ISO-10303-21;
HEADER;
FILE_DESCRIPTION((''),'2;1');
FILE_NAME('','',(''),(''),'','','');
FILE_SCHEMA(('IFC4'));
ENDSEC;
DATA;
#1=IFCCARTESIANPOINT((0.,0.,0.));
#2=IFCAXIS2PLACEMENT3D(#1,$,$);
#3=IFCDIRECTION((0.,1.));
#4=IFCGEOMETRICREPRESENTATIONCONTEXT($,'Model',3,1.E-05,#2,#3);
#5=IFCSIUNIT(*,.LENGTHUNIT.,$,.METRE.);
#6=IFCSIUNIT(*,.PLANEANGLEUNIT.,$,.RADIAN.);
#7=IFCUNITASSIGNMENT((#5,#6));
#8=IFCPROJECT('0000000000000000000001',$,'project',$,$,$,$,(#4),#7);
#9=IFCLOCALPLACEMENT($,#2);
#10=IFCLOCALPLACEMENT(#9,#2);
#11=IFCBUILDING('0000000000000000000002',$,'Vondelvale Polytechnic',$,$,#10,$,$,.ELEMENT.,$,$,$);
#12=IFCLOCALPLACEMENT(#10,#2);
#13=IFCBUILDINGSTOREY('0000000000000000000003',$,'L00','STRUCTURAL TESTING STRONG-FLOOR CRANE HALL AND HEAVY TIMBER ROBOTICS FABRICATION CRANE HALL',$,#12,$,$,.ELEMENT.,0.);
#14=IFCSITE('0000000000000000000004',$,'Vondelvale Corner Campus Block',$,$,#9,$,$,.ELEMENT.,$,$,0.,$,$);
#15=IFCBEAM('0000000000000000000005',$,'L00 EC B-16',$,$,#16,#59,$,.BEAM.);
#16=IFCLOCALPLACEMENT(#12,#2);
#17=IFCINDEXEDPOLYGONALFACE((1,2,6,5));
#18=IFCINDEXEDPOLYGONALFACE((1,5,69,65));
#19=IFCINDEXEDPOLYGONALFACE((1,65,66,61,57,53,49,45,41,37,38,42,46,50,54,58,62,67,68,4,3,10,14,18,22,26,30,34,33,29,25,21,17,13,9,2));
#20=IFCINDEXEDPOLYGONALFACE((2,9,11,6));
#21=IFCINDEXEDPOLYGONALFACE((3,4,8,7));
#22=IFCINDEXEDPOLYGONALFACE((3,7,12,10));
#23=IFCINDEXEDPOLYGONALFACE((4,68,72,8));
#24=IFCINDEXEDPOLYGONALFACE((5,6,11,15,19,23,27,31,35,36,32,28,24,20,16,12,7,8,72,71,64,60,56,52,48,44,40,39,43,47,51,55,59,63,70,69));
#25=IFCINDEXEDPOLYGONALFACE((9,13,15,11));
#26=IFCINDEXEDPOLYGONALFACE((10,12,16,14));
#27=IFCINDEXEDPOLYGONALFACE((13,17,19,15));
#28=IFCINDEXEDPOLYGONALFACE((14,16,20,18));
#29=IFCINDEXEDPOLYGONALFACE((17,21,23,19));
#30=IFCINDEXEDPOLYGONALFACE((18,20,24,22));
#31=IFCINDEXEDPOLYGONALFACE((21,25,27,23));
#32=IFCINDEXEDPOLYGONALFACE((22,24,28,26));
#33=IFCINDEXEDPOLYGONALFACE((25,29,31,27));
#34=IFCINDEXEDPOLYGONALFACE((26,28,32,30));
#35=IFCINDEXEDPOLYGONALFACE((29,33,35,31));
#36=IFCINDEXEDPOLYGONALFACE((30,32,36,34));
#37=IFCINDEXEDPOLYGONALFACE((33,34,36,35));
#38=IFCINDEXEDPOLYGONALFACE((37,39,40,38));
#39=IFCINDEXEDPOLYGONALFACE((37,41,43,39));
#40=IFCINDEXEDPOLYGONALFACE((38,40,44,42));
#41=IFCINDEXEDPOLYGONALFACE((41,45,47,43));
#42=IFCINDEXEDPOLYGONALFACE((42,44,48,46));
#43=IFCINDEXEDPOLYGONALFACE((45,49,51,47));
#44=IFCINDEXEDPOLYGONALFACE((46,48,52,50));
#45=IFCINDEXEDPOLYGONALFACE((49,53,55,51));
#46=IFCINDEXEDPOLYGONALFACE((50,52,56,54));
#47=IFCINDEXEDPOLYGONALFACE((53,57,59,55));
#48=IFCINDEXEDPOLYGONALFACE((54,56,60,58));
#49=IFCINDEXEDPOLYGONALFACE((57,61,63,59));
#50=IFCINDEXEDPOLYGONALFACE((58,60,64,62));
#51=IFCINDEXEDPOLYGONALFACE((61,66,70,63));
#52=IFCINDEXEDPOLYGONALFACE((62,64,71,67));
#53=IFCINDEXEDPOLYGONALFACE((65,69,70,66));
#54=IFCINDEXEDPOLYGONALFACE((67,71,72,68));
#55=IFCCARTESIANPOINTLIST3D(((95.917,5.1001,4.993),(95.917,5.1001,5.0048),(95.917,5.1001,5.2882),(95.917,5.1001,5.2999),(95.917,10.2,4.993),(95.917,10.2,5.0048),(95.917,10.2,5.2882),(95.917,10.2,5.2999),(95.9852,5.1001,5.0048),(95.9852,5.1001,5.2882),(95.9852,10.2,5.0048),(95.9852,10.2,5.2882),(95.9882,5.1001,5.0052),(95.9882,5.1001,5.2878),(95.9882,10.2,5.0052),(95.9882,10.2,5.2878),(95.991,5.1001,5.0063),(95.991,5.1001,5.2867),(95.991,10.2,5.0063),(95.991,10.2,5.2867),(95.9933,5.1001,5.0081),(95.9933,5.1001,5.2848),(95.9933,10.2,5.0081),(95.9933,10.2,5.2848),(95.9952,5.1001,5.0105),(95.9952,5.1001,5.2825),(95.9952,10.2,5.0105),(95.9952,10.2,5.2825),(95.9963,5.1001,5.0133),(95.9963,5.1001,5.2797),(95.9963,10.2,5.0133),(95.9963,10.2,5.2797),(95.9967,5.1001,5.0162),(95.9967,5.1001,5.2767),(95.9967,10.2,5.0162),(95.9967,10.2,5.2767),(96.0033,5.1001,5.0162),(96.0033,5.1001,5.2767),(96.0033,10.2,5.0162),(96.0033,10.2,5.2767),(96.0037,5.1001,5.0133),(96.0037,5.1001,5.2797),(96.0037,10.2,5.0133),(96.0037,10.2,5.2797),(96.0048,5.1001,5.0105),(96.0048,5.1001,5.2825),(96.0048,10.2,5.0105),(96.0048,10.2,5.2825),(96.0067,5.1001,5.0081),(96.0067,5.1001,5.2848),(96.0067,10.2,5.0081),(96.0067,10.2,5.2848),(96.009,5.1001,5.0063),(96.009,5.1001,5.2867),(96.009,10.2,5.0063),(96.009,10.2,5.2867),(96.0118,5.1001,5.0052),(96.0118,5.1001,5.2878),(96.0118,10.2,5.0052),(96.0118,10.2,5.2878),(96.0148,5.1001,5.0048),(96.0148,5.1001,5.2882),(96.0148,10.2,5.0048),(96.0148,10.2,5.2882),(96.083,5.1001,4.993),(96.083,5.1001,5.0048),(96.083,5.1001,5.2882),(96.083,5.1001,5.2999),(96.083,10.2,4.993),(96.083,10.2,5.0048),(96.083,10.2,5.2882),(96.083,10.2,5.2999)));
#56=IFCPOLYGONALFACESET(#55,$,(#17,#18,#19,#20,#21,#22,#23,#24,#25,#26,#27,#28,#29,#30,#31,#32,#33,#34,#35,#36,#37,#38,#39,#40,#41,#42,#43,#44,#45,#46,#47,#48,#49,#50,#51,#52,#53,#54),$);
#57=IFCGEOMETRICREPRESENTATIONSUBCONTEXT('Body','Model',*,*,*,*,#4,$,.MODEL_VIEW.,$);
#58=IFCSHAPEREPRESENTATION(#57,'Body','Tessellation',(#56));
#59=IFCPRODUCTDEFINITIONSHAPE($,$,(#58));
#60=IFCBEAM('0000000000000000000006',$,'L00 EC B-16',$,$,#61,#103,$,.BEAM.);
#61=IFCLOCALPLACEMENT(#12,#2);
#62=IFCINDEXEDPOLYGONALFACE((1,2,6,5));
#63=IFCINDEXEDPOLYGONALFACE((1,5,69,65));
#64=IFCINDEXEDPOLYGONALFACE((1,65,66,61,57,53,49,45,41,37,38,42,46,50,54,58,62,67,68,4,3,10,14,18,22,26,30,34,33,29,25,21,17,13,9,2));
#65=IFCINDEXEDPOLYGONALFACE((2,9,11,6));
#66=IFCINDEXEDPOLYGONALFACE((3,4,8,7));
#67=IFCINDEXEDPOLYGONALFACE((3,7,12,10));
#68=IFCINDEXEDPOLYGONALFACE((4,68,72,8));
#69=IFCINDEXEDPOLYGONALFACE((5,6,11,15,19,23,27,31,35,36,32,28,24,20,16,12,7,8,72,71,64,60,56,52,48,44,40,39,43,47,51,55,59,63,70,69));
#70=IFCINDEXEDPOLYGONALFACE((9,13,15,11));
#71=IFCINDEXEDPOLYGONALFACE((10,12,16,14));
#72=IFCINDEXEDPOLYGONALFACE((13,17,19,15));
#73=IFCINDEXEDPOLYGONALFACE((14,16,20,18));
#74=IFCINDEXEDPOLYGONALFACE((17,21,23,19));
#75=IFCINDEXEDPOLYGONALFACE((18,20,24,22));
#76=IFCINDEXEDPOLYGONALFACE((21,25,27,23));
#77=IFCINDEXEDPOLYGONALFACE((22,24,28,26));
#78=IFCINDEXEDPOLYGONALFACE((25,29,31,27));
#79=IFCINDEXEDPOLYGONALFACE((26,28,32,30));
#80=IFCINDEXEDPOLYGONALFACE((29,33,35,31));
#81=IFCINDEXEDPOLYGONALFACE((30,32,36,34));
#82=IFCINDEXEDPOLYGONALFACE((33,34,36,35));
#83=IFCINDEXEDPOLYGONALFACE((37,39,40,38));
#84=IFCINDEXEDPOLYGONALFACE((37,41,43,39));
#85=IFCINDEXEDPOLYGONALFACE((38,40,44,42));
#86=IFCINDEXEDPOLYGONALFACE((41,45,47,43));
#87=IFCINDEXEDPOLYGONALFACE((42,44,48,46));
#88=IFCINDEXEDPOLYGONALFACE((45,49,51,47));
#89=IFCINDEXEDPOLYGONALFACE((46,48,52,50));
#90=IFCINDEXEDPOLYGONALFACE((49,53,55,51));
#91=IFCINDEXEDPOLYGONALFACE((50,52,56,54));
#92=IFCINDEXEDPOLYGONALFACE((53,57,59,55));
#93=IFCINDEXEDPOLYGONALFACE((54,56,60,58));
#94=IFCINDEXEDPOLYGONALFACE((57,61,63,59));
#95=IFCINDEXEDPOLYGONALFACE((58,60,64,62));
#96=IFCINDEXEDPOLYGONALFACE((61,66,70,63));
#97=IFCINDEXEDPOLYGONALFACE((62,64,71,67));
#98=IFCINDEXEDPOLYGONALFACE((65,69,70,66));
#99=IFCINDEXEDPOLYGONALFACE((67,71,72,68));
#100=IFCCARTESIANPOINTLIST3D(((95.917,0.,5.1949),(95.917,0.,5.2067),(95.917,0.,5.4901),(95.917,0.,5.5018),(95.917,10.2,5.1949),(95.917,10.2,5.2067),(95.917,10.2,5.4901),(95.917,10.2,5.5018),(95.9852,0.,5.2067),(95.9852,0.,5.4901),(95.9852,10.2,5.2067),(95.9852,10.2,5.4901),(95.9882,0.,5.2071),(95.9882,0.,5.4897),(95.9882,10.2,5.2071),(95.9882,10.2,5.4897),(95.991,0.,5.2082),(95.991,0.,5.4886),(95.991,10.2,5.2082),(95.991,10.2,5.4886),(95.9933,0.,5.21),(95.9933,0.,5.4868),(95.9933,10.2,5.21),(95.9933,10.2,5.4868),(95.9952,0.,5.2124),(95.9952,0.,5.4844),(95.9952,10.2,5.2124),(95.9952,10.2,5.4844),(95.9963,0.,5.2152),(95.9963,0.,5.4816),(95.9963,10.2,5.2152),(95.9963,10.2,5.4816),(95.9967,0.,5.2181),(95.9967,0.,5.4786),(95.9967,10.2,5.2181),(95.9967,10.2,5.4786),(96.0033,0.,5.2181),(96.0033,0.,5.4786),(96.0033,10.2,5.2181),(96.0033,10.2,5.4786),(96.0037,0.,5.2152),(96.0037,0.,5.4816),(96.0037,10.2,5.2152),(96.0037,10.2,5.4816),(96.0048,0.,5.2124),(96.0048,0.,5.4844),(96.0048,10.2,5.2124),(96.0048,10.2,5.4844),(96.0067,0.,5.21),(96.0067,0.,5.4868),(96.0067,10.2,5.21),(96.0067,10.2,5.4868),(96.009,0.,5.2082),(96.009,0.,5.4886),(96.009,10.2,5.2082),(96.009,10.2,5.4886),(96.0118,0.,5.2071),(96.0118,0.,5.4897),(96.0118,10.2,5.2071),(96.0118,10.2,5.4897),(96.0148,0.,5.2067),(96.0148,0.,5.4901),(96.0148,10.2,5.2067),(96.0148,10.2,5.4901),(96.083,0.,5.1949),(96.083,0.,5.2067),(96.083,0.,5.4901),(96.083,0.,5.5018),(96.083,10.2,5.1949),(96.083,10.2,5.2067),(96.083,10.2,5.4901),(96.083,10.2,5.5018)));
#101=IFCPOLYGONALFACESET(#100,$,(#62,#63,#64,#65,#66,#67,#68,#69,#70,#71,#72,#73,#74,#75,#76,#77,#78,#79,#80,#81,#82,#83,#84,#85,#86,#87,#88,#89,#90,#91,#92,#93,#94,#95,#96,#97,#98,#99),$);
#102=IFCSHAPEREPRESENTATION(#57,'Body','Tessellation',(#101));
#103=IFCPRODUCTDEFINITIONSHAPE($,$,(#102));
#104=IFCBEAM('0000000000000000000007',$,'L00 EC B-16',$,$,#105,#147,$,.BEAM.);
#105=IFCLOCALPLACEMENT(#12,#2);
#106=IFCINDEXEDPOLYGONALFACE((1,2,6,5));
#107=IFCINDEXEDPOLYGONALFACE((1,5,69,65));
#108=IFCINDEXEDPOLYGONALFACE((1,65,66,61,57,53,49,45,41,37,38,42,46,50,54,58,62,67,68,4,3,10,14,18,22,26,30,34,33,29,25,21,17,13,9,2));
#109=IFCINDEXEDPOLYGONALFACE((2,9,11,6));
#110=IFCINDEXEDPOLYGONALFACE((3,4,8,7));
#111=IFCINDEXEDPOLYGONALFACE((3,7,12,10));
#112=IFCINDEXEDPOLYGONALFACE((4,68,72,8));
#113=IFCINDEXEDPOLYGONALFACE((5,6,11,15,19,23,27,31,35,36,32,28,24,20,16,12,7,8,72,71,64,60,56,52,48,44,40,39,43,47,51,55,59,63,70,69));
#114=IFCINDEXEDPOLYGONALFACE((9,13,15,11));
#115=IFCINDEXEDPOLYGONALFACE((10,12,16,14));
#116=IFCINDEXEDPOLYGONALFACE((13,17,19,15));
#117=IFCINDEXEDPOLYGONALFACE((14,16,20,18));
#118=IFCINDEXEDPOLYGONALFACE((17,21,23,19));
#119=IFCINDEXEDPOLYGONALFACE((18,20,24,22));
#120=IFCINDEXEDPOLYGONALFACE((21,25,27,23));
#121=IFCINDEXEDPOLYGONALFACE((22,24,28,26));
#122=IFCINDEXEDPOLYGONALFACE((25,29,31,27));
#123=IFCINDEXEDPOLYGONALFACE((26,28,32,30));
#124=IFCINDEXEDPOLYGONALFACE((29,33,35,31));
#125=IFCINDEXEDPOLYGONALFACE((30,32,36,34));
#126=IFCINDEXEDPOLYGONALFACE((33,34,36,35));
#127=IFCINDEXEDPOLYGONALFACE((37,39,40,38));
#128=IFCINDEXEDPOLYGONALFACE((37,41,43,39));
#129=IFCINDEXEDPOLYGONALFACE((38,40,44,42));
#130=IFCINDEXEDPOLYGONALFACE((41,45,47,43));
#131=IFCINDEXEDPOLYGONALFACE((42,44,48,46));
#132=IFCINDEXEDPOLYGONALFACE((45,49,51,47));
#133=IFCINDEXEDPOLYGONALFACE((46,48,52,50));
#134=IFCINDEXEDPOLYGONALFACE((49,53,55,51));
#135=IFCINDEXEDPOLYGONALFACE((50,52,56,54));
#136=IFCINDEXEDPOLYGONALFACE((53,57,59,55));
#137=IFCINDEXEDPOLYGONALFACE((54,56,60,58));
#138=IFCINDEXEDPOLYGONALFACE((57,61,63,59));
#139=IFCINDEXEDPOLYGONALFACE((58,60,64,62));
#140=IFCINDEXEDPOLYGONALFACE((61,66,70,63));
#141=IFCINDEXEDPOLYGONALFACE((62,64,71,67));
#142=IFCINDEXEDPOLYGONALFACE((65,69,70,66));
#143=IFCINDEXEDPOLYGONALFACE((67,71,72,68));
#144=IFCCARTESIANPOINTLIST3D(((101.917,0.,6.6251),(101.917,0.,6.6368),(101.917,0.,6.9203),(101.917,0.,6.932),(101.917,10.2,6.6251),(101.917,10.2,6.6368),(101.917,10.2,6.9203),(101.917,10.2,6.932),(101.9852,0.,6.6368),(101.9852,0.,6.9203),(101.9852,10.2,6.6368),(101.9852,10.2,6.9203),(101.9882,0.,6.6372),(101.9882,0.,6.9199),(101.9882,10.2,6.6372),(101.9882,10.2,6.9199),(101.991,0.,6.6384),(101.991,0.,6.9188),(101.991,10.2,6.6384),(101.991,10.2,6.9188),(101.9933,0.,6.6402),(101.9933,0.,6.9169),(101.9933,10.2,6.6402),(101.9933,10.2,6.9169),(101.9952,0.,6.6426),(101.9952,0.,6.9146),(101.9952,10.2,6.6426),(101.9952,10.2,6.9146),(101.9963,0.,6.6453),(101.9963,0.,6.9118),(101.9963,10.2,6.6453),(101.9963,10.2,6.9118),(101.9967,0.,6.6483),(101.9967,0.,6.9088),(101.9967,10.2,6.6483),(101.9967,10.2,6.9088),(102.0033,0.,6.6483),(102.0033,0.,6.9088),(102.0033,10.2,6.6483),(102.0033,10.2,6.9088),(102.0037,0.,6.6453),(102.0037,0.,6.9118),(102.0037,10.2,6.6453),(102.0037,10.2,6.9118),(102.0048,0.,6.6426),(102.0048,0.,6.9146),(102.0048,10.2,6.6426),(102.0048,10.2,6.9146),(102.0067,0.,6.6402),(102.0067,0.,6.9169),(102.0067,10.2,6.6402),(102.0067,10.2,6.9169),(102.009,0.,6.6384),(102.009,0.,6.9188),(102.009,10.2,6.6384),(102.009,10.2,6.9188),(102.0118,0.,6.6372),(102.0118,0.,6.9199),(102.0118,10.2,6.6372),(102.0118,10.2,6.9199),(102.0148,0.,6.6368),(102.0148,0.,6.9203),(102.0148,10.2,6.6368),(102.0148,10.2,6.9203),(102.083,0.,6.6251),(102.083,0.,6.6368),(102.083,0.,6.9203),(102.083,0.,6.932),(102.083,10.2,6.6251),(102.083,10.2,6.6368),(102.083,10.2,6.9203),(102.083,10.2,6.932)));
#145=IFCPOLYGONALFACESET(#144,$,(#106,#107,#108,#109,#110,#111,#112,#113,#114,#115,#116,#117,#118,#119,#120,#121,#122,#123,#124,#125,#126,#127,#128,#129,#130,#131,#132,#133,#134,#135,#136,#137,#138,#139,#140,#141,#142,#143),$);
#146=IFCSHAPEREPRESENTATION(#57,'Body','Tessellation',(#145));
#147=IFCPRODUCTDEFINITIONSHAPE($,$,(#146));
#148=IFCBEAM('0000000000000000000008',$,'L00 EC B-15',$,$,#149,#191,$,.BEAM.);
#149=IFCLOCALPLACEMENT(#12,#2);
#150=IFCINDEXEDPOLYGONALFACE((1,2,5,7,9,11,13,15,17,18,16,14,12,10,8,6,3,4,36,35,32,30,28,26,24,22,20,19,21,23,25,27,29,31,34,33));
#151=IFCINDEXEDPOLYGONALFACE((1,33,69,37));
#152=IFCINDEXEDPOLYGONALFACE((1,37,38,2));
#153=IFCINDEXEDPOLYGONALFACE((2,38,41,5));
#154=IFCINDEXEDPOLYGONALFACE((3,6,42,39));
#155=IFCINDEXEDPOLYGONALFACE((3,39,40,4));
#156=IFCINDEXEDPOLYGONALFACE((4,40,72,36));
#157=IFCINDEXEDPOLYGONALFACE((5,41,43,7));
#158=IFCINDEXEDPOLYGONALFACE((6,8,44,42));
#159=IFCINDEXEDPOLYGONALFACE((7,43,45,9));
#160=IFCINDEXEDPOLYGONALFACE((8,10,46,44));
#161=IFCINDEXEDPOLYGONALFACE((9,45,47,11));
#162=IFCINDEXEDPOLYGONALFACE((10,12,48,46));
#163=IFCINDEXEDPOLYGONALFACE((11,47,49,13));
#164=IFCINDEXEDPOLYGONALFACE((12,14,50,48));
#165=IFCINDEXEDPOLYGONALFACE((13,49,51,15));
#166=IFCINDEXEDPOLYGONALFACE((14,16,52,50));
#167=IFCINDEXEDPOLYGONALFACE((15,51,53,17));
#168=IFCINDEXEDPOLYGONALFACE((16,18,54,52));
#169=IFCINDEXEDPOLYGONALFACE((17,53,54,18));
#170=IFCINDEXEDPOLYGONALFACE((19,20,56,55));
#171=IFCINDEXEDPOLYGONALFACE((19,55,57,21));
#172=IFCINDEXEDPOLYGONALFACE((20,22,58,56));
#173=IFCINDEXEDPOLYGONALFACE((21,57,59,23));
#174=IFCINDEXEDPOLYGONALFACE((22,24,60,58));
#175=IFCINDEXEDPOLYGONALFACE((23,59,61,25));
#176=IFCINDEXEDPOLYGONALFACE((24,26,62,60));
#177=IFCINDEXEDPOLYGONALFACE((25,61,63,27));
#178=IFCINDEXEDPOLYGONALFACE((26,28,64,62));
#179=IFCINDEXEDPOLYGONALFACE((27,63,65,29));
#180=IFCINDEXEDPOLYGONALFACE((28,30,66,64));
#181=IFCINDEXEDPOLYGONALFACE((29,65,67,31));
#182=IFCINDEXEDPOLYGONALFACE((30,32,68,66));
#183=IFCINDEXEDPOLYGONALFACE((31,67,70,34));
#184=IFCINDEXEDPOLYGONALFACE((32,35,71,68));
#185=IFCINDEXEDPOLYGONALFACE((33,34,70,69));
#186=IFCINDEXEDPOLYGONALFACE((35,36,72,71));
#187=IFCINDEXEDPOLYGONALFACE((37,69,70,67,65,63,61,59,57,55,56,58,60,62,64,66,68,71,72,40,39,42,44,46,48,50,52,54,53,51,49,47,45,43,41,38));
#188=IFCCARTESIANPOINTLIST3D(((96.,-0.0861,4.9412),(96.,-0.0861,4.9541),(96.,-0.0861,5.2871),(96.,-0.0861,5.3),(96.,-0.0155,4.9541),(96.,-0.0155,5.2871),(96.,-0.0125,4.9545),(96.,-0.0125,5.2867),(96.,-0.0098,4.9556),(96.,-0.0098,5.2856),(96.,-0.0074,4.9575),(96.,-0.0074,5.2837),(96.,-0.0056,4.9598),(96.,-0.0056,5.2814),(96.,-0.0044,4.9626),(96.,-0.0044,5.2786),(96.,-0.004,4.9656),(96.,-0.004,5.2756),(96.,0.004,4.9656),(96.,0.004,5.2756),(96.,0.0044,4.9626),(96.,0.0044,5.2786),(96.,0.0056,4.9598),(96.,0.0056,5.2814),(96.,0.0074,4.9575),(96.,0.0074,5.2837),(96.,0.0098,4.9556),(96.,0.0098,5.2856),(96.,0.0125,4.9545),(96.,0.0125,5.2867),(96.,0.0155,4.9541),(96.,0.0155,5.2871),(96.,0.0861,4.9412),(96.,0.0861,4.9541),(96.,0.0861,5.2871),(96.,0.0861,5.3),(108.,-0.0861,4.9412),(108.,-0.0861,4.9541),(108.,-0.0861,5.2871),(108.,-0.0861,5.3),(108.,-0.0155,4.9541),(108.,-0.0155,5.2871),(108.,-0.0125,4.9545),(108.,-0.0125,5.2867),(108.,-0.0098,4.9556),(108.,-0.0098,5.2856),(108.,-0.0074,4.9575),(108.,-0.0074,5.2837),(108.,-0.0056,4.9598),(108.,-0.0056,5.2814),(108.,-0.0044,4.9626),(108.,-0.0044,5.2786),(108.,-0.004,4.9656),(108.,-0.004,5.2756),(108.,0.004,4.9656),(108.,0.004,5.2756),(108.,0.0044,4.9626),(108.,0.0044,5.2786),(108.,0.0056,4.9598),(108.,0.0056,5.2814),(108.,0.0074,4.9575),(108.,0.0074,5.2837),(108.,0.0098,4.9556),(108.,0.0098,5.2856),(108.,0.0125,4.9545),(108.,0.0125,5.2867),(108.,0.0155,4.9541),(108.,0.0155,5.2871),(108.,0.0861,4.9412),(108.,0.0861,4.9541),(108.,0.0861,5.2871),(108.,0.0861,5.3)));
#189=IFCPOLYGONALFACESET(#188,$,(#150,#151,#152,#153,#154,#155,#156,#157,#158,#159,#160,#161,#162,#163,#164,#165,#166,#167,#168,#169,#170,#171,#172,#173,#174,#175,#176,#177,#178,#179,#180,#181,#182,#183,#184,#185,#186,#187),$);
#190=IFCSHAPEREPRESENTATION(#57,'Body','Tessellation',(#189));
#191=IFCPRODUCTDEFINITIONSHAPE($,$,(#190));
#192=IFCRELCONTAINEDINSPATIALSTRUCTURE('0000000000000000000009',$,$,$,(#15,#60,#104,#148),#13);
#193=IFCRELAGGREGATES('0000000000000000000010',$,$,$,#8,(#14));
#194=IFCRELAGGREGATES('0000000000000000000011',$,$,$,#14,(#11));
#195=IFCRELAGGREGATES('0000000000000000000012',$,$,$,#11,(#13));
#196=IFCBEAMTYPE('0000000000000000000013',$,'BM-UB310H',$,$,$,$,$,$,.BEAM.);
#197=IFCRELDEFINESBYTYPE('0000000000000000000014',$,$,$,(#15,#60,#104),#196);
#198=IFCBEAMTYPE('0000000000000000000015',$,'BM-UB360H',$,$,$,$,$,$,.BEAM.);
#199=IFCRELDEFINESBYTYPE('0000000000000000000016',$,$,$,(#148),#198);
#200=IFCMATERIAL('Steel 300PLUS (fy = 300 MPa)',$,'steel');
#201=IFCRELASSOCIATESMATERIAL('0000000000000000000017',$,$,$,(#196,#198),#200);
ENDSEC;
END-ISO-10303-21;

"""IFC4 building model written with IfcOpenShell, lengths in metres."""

from ifc_helpers import new_model, si_unit, direction, frame, origin, origin_2d, place, context, subcontext, project, spatial, i_section, extrude, material, material_profile, profile_set, type_object, element, save


model = new_model("IFC4")

# Units and contexts
model_context = context("Model", 3, precision=1e-05, world=origin(), true_north=direction((0.0, 1.0)))
body_context = subcontext(model_context, "Body", "Model", "MODEL_VIEW")
ifc_project = project(units=[si_unit("LENGTHUNIT", "METRE"), si_unit("PLANEANGLEUNIT", "RADIAN")], contexts=[model_context])

# Site, building, storey
site_placement = place(None, origin())
site = spatial("IfcSite", under=ifc_project, at=site_placement, Name="Vondelvale Corner Campus Block", CompositionType="ELEMENT", RefElevation=0.0)
building_placement = place(site_placement, origin())
building = spatial("IfcBuilding", under=site, at=building_placement, Name="Vondelvale Polytechnic", CompositionType="ELEMENT")
storey_placement = place(building_placement, origin())
storey = spatial("IfcBuildingStorey", under=building, at=storey_placement, Name="L00", Description="STRUCTURAL TESTING STRONG-FLOOR CRANE HALL AND HEAVY TIMBER ROBOTICS FABRICATION CRANE HALL", CompositionType="ELEMENT", Elevation=0.0)

# Shared definitions
ifc_material_1 = material(Name="Steel 300PLUS (fy = 300 MPa)", Category="steel")

# Beams
ifc_material_profile_1 = material_profile(ifc_material_1, i_section(OverallWidth=0.166, OverallDepth=0.3069, WebThickness=0.0066, FlangeThickness=0.0117, FilletRadius=0.0115, at=origin_2d()), Name="310UB46.2")
ifc_profile_set_1 = profile_set([ifc_material_profile_1], Name="Steel 300PLUS (fy = 300 MPa)")
beam_type_1 = type_object("IfcBeamType", Name="BM-UB310H", PredefinedType="BEAM", material=ifc_profile_set_1)
beam_1_placement = place(storey_placement, frame((96.0, 5.1001, 5.1465), z_axis=(0.0, 1.0, 0.0), x_axis=(-1.0, 0.0, 0.0)))
element("IfcBeam", 1, at=beam_1_placement, inside=storey, type_object=beam_type_1, Name="L00 EC B-16", PredefinedType="BEAM", context=body_context, shape_type="SweptSolid", body=[
    extrude(i_section(OverallWidth=0.166, OverallDepth=0.3069, WebThickness=0.0066, FlangeThickness=0.0117, FilletRadius=0.0115, at=origin_2d()), origin(), (0.0, 0.0, 1.0), 5.0999),
])
for number, where, z_axis, x_axis, name in (
    (2, (96.0, 0.0, 5.3484), (0.0, 1.0, 0.0), (-1.0, 0.0, 0.0), "L00 EC B-16"),
    (3, (102.0, 0.0, 6.7786), (0.0, 1.0, 0.0), (-1.0, 0.0, 0.0), "L00 EC B-16"),
):
    element("IfcBeam", number, at=place(storey_placement, frame(where, z_axis=z_axis, x_axis=x_axis)), inside=storey, type_object=beam_type_1, Name=name, PredefinedType="BEAM", context=body_context, shape_type="SweptSolid", body=[
        extrude(i_section(OverallWidth=0.166, OverallDepth=0.3069, WebThickness=0.0066, FlangeThickness=0.0117, FilletRadius=0.0115, at=origin_2d()), origin(), (0.0, 0.0, 1.0), 10.2),
    ])
ifc_material_profile_2 = material_profile(ifc_material_1, i_section(OverallWidth=0.1721, OverallDepth=0.3589, WebThickness=0.0081, FlangeThickness=0.0129, FilletRadius=0.0115, at=origin_2d()), Name="360UB56.7")
ifc_profile_set_2 = profile_set([ifc_material_profile_2], Name="Steel 300PLUS (fy = 300 MPa)")
beam_type_2 = type_object("IfcBeamType", Name="BM-UB360H", PredefinedType="BEAM", material=ifc_profile_set_2)
beam_2_placement = place(storey_placement, frame((96.0, 0.0, 5.1206), z_axis=(1.0, 0.0, 0.0), x_axis=(0.0, 1.0, 0.0)))
element("IfcBeam", 4, at=beam_2_placement, inside=storey, type_object=beam_type_2, Name="L00 EC B-15", PredefinedType="BEAM", context=body_context, shape_type="SweptSolid", body=[
    extrude(i_section(OverallWidth=0.1721, OverallDepth=0.3589, WebThickness=0.0081, FlangeThickness=0.0129, FilletRadius=0.0115, at=origin_2d()), origin(), (0.0, 0.0, 1.0), 12.0),
])

save(model, "model.ifc")
